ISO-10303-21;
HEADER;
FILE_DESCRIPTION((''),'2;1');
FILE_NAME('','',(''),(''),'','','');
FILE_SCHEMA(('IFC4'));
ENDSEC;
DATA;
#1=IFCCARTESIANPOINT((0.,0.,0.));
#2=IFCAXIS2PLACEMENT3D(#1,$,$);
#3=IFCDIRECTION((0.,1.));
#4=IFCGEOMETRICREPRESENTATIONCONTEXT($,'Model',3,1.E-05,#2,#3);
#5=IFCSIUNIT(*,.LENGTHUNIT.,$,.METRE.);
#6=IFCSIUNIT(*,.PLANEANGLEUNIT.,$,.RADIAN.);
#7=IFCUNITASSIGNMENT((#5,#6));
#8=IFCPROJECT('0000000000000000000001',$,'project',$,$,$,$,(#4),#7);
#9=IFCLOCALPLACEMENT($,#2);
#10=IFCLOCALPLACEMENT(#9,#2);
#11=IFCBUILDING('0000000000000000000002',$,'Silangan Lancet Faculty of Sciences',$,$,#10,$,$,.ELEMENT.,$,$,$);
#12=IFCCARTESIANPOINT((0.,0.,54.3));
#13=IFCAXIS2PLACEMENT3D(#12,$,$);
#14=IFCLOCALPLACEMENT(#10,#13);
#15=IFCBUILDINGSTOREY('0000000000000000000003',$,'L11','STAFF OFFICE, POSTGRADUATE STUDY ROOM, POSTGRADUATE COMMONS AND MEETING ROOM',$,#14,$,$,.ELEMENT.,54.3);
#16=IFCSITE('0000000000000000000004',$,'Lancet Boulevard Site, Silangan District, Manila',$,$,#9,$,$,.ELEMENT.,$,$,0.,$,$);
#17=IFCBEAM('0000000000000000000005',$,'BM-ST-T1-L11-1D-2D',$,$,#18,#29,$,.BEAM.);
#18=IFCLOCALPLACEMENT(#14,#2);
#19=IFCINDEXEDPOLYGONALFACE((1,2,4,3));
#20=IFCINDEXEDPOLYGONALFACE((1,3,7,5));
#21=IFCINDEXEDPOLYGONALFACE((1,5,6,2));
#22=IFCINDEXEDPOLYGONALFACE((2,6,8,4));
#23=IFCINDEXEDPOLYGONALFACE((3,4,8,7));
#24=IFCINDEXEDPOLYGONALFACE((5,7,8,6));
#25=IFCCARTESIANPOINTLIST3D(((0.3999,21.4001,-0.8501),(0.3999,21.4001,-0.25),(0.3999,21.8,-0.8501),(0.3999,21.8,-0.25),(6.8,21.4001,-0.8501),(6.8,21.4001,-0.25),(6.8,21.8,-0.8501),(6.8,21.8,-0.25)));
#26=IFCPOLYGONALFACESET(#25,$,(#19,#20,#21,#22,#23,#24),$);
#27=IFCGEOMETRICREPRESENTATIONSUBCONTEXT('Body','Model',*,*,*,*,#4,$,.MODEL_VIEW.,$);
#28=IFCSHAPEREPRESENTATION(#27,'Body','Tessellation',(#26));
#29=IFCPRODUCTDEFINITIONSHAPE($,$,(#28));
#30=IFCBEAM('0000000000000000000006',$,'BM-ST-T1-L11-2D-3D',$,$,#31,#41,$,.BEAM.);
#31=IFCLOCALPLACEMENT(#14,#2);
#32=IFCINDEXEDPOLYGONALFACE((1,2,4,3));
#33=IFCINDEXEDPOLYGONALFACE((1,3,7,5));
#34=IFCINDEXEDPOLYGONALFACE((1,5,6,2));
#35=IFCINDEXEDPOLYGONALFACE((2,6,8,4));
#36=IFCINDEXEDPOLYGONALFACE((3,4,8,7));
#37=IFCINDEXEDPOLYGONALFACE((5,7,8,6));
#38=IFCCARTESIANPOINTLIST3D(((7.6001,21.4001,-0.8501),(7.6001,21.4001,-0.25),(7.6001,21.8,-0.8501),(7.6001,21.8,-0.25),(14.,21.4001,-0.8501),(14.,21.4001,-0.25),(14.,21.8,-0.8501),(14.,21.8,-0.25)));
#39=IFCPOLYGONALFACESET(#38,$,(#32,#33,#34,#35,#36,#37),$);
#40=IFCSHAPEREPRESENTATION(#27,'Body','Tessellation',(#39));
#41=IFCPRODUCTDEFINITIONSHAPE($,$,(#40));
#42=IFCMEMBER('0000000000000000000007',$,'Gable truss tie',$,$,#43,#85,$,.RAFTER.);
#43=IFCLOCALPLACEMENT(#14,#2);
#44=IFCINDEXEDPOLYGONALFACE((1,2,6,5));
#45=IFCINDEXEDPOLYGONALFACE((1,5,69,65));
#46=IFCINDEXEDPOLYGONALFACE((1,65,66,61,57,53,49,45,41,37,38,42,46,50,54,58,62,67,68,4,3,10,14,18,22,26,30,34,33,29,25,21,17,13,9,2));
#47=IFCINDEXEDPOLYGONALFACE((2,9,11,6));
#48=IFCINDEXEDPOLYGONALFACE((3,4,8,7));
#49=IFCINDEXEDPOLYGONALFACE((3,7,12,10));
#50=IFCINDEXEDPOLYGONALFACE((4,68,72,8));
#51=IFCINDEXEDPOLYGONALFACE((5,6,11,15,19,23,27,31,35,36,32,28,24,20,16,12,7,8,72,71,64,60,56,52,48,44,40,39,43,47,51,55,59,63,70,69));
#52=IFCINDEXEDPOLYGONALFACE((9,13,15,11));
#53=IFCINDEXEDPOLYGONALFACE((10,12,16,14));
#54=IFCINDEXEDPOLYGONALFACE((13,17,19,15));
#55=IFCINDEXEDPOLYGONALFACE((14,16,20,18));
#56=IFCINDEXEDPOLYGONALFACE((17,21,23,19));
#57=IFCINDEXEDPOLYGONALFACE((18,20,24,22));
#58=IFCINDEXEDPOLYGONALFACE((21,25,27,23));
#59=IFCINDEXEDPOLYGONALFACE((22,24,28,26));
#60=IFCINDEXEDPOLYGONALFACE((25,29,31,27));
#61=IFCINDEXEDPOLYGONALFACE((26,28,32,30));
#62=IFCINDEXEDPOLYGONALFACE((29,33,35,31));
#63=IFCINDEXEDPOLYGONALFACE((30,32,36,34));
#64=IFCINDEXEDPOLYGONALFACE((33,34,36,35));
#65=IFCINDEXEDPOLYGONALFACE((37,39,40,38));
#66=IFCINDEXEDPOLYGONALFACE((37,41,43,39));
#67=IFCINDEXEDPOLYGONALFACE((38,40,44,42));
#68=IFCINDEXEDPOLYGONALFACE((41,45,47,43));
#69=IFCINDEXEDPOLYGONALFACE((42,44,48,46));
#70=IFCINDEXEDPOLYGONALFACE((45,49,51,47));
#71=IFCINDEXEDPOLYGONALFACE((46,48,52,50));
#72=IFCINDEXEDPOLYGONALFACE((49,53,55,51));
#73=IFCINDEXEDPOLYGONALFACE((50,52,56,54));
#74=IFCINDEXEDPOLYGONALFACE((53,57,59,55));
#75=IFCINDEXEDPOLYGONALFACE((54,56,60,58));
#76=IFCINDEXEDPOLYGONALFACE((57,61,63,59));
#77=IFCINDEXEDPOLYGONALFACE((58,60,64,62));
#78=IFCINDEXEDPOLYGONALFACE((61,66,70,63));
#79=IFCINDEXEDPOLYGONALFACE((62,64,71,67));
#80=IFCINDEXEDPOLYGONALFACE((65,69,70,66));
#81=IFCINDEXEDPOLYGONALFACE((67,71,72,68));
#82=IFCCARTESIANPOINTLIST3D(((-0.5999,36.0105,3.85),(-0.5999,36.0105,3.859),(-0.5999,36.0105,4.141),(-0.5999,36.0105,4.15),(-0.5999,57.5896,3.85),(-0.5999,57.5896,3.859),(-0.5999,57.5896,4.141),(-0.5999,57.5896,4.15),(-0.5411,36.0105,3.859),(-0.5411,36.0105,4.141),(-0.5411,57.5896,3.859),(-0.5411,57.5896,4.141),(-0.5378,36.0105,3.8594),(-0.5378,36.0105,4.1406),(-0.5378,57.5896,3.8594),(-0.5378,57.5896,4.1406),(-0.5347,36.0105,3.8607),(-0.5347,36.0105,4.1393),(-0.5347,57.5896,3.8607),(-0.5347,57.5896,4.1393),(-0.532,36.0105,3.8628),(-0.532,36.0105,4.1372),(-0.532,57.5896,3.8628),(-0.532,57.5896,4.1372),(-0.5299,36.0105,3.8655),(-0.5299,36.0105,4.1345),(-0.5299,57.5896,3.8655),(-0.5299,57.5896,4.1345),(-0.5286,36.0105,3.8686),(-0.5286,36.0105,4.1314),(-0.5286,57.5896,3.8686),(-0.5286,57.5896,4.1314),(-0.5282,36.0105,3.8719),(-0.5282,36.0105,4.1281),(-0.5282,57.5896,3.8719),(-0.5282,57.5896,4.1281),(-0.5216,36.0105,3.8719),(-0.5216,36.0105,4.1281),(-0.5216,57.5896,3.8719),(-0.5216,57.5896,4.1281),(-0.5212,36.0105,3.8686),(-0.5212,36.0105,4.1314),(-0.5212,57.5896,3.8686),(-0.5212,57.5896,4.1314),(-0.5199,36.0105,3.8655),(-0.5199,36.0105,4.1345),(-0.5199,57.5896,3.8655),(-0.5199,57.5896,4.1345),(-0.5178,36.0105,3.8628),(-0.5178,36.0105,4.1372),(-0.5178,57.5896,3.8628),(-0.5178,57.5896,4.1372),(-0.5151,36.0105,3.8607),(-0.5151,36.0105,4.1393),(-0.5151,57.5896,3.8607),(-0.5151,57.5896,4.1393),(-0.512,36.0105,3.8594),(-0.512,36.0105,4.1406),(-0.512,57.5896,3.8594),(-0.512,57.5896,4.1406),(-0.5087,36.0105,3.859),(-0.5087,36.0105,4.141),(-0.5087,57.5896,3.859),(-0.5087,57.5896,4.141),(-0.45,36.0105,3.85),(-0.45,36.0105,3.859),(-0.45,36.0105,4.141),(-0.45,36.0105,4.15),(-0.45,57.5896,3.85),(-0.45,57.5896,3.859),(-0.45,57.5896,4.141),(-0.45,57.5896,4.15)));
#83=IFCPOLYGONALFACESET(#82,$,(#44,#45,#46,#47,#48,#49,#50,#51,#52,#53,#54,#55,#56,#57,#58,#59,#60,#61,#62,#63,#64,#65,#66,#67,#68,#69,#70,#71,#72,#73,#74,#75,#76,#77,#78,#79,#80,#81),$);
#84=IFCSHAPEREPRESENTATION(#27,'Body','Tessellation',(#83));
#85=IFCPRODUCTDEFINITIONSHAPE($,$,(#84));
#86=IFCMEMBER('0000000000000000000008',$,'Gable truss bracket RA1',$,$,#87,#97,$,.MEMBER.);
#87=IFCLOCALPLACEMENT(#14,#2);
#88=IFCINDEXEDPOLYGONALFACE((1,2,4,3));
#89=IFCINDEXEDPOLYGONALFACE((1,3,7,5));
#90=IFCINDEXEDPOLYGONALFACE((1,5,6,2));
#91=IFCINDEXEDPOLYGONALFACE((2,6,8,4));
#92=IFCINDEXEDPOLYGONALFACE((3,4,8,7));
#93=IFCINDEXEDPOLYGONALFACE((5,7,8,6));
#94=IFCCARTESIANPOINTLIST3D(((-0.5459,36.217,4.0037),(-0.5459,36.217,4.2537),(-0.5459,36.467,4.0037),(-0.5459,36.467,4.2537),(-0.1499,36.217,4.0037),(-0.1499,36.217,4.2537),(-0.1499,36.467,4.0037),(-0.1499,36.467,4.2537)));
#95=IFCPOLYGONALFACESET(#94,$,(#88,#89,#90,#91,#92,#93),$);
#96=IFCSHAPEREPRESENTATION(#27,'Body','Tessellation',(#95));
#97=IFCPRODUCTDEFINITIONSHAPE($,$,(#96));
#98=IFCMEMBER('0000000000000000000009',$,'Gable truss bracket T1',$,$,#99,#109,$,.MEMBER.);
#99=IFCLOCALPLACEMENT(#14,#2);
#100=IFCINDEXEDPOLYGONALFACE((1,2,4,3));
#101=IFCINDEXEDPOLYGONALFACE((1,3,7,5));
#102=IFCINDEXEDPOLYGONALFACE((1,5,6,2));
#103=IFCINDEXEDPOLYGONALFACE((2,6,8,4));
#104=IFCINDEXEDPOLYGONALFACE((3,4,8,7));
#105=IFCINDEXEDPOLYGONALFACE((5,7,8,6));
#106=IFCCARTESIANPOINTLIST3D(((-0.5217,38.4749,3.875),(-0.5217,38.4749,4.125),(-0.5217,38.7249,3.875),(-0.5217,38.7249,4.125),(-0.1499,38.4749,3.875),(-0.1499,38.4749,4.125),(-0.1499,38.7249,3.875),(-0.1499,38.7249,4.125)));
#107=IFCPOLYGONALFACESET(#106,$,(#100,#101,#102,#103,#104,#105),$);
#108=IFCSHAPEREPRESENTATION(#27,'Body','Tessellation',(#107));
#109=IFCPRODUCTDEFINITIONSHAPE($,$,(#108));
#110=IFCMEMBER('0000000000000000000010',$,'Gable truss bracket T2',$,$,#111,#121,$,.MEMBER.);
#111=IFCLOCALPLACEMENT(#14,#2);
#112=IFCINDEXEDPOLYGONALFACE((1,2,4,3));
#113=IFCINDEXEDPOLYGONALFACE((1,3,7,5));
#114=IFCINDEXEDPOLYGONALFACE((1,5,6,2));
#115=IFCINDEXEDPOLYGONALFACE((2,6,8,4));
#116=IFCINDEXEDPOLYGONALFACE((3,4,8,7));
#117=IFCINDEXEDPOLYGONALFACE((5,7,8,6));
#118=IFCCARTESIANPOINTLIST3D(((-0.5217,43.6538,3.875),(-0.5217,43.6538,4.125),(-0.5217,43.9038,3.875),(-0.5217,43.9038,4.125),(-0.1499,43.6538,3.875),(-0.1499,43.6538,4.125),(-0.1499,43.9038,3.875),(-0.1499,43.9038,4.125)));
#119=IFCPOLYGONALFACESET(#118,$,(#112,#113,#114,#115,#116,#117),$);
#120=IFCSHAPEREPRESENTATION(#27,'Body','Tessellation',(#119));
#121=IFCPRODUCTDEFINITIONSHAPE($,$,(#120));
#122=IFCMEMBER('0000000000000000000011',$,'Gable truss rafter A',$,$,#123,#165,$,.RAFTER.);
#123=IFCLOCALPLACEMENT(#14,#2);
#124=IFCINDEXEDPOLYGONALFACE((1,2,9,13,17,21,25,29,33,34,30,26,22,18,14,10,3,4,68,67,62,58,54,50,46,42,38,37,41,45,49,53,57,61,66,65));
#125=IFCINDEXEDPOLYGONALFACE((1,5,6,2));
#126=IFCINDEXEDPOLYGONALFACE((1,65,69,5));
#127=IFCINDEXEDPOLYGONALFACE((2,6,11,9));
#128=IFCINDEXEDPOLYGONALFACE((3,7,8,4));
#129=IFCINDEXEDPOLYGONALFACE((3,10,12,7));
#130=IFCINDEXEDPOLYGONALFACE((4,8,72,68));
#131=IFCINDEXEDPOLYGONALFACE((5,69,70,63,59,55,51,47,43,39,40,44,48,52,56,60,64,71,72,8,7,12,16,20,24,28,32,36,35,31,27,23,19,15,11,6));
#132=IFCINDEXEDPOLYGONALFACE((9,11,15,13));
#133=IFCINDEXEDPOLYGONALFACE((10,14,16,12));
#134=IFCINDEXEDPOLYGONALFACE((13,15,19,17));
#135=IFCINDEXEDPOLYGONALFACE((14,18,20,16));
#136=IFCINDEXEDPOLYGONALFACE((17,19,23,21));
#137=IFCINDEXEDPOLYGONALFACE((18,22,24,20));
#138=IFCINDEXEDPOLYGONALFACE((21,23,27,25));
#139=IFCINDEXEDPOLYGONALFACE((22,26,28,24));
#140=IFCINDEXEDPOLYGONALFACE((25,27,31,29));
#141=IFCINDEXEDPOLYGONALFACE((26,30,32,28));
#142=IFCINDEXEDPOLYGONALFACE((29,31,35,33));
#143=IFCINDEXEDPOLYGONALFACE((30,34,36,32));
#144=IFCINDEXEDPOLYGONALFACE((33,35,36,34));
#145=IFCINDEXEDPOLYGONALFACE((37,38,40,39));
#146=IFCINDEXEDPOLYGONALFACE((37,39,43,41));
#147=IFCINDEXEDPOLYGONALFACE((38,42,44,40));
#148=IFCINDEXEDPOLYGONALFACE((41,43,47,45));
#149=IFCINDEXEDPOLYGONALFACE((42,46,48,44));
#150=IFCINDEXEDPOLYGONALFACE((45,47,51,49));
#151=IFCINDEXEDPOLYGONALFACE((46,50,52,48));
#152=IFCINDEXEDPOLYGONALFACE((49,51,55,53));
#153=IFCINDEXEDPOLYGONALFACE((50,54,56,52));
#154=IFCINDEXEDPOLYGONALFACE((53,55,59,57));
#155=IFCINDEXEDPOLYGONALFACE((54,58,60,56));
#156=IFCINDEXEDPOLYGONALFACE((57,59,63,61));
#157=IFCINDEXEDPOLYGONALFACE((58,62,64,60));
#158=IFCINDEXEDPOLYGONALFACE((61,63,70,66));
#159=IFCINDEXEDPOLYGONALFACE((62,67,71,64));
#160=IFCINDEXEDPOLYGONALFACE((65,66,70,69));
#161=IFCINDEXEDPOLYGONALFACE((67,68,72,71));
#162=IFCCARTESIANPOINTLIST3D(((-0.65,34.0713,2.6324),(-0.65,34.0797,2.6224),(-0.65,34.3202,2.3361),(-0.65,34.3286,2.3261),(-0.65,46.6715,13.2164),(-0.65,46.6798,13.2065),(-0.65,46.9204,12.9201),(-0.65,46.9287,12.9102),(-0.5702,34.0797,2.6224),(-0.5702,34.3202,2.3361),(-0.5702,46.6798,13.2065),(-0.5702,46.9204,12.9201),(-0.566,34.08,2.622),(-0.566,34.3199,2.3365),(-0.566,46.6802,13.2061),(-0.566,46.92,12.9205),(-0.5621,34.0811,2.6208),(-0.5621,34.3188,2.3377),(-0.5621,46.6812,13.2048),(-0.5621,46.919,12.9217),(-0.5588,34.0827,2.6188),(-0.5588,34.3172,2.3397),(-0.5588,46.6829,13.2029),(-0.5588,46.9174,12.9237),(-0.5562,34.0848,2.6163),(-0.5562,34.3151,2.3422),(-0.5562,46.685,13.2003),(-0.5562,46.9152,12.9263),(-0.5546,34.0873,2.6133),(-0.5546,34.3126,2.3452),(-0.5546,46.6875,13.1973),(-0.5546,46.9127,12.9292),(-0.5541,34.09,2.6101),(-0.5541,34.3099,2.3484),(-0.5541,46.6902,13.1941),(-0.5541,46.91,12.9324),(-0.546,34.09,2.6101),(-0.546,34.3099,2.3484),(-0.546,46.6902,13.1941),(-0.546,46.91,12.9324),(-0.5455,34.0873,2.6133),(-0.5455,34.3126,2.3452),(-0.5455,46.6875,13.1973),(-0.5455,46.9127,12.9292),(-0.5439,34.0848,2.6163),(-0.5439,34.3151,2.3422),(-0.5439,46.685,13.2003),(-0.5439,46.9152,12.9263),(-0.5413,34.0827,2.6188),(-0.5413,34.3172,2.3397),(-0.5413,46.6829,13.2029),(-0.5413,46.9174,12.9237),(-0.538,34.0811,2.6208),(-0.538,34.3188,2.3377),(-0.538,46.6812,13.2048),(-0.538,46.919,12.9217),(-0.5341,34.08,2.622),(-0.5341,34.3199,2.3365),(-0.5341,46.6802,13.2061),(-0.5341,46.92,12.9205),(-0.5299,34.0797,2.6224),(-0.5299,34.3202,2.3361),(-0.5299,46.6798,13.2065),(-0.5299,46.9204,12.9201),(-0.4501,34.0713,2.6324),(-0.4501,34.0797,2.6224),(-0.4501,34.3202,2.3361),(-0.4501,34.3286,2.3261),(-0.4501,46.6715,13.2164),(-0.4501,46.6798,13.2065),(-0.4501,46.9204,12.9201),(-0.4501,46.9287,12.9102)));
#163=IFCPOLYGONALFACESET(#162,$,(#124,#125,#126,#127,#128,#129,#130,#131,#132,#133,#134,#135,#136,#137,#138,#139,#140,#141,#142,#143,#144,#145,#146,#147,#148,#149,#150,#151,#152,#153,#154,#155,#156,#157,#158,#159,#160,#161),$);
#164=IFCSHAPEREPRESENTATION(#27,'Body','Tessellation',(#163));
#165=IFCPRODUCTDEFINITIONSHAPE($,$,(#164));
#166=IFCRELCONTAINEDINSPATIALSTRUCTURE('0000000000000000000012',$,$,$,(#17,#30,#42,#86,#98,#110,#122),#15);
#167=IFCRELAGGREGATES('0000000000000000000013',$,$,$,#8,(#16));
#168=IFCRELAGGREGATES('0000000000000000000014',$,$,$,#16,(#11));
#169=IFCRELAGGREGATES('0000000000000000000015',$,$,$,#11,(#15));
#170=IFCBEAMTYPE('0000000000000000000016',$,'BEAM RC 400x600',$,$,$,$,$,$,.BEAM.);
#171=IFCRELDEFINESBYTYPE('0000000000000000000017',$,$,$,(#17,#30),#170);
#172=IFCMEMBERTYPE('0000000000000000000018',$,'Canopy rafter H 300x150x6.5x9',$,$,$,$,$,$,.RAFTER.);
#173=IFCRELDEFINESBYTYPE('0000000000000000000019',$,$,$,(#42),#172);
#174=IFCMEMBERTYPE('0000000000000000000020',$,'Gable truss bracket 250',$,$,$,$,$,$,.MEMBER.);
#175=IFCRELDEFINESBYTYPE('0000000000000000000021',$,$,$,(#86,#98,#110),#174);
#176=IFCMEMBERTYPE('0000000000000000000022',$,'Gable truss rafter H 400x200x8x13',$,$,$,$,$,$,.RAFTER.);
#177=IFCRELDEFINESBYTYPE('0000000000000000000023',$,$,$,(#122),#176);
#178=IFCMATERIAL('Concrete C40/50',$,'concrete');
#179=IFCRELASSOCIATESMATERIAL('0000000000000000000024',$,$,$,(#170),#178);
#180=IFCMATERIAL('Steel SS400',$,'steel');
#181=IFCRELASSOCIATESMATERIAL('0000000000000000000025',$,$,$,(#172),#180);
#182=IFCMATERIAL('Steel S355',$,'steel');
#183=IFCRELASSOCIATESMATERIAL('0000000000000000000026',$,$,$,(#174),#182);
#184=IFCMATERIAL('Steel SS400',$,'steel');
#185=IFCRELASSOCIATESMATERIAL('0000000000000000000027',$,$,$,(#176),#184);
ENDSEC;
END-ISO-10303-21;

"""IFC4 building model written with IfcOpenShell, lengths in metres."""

from ifc_helpers import new_model, si_unit, direction, frame, origin, origin_2d, place, context, subcontext, project, spatial, rectangle, i_section, extrude, material, material_profile, profile_set, type_object, element, save


model = new_model("IFC4")

# Units and contexts
model_context = context("Model", 3, precision=1e-05, world=origin(), true_north=direction((0.0, 1.0)))
body_context = subcontext(model_context, "Body", "Model", "MODEL_VIEW")
ifc_project = project(units=[si_unit("LENGTHUNIT", "METRE"), si_unit("PLANEANGLEUNIT", "RADIAN")], contexts=[model_context])

# Site, building, storey
site_placement = place(None, origin())
site = spatial("IfcSite", under=ifc_project, at=site_placement, Name="Lancet Boulevard Site, Silangan District, Manila", CompositionType="ELEMENT", RefElevation=0.0)
building_placement = place(site_placement, origin())
building = spatial("IfcBuilding", under=site, at=building_placement, Name="Silangan Lancet Faculty of Sciences", CompositionType="ELEMENT")
storey_placement = place(building_placement, frame((0.0, 0.0, 54.3)))
storey = spatial("IfcBuildingStorey", under=building, at=storey_placement, Name="L11", Description="STAFF OFFICE, POSTGRADUATE STUDY ROOM, POSTGRADUATE COMMONS AND MEETING ROOM", CompositionType="ELEMENT", Elevation=54.3)

# Beams
ifc_material_1 = material(Name="Concrete C40/50", Category="concrete")
ifc_material_profile_1 = material_profile(ifc_material_1, rectangle(XDim=0.3999, YDim=0.6001, at=origin_2d()), Name="RC 400x600")
ifc_profile_set_1 = profile_set([ifc_material_profile_1], Name="Concrete C40/50")
beam_type = type_object("IfcBeamType", Name="BEAM RC 400x600", PredefinedType="BEAM", material=ifc_profile_set_1)
beam_1_placement = place(storey_placement, frame((0.3999, 21.6001, -0.55), z_axis=(1.0, 0.0, 0.0), x_axis=(0.0, 1.0, 0.0)))
element("IfcBeam", 1, at=beam_1_placement, inside=storey, type_object=beam_type, Name="BM-ST-T1-L11-1D-2D", PredefinedType="BEAM", context=body_context, shape_type="SweptSolid", body=[
    extrude(rectangle(XDim=0.3999, YDim=0.6001, at=origin_2d()), origin(), (0.0, 0.0, 1.0), 6.4001),
])
beam_2_placement = place(storey_placement, frame((7.6001, 21.6001, -0.55), z_axis=(1.0, 0.0, 0.0), x_axis=(0.0, 1.0, 0.0)))
element("IfcBeam", 2, at=beam_2_placement, inside=storey, type_object=beam_type, Name="BM-ST-T1-L11-2D-3D", PredefinedType="BEAM", context=body_context, shape_type="SweptSolid", body=[
    extrude(rectangle(XDim=0.3999, YDim=0.6001, at=origin_2d()), origin(), (0.0, 0.0, 1.0), 6.3999),
])

# Members
ifc_material_2 = material(Name="Steel SS400", Category="steel")
ifc_material_profile_2 = material_profile(ifc_material_2, i_section(OverallWidth=0.1499, OverallDepth=0.3, WebThickness=0.0066, FlangeThickness=0.009, FilletRadius=0.0129, at=origin_2d()), Name="H 300x150x6.5x9")
ifc_profile_set_2 = profile_set([ifc_material_profile_2], Name="Steel SS400")
member_type_1 = type_object("IfcMemberType", Name="Canopy rafter H 300x150x6.5x9", PredefinedType="RAFTER", material=ifc_profile_set_2)
member_1_placement = place(storey_placement, frame((-0.5249, 36.0105, 4.0), z_axis=(0.0, 1.0, 0.0), x_axis=(-1.0, 0.0, 0.0)))
element("IfcMember", 3, at=member_1_placement, inside=storey, type_object=member_type_1, Name="Gable truss tie", PredefinedType="RAFTER", context=body_context, shape_type="SweptSolid", body=[
    extrude(i_section(OverallWidth=0.1499, OverallDepth=0.3, WebThickness=0.0066, FlangeThickness=0.009, FilletRadius=0.0129, at=origin_2d()), origin(), (0.0, 0.0, 1.0), 21.5791),
])
ifc_material_3 = material(Name="Steel S355", Category="steel")
ifc_material_profile_3 = material_profile(ifc_material_3, rectangle(XDim=0.25, YDim=0.25, at=origin_2d()), Name="steel 250x250")
ifc_profile_set_3 = profile_set([ifc_material_profile_3], Name="Steel S355")
member_type_2 = type_object("IfcMemberType", Name="Gable truss bracket 250", PredefinedType="MEMBER", material=ifc_profile_set_3)
member_2_placement = place(storey_placement, frame((-0.1499, 36.342, 4.1287), z_axis=(-1.0, 0.0, 0.0), x_axis=(0.0, -1.0, 0.0)))
element("IfcMember", 4, at=member_2_placement, inside=storey, type_object=member_type_2, Name="Gable truss bracket RA1", PredefinedType="MEMBER", context=body_context, shape_type="SweptSolid", body=[
    extrude(rectangle(XDim=0.25, YDim=0.25, at=origin_2d()), origin(), (0.0, 0.0, 1.0), 0.396),
])
for number, where, z_axis, x_axis, name in (
    (5, (-0.1499, 38.5999, 4.0), (-1.0, 0.0, 0.0), (0.0, -1.0, 0.0), "Gable truss bracket T1"),
    (6, (-0.1499, 43.7788, 4.0), (-1.0, 0.0, 0.0), (0.0, -1.0, 0.0), "Gable truss bracket T2"),
):
    element("IfcMember", number, at=place(storey_placement, frame(where, z_axis=z_axis, x_axis=x_axis)), inside=storey, type_object=member_type_2, Name=name, PredefinedType="MEMBER", context=body_context, shape_type="SweptSolid", body=[
        extrude(rectangle(XDim=0.25, YDim=0.25, at=origin_2d()), origin(), (0.0, 0.0, 1.0), 0.3718),
    ])
ifc_material_4 = material(Name="Steel SS400", Category="steel")
ifc_material_profile_4 = material_profile(ifc_material_4, i_section(OverallWidth=0.2, OverallDepth=0.3999, WebThickness=0.0081, FlangeThickness=0.0129, FilletRadius=0.0161, at=origin_2d()), Name="H 400x200x8x13")
ifc_profile_set_4 = profile_set([ifc_material_profile_4], Name="Steel SS400")
member_type_3 = type_object("IfcMemberType", Name="Gable truss rafter H 400x200x8x13", PredefinedType="RAFTER", material=ifc_profile_set_4)
member_3_placement = place(storey_placement, frame((-0.55, 34.2, 2.4792), z_axis=(0.0, 0.765708, 0.643189), x_axis=(-1.0, 0.0, 0.0)))
element("IfcMember", 7, at=member_3_placement, inside=storey, type_object=member_type_3, Name="Gable truss rafter A", PredefinedType="RAFTER", context=body_context, shape_type="SweptSolid", body=[
    extrude(i_section(OverallWidth=0.2, OverallDepth=0.3999, WebThickness=0.0081, FlangeThickness=0.0129, FilletRadius=0.0161, at=origin_2d()), origin(), (0.0, 0.0, 1.0), 16.4556),
])

save(model, "model.ifc")
